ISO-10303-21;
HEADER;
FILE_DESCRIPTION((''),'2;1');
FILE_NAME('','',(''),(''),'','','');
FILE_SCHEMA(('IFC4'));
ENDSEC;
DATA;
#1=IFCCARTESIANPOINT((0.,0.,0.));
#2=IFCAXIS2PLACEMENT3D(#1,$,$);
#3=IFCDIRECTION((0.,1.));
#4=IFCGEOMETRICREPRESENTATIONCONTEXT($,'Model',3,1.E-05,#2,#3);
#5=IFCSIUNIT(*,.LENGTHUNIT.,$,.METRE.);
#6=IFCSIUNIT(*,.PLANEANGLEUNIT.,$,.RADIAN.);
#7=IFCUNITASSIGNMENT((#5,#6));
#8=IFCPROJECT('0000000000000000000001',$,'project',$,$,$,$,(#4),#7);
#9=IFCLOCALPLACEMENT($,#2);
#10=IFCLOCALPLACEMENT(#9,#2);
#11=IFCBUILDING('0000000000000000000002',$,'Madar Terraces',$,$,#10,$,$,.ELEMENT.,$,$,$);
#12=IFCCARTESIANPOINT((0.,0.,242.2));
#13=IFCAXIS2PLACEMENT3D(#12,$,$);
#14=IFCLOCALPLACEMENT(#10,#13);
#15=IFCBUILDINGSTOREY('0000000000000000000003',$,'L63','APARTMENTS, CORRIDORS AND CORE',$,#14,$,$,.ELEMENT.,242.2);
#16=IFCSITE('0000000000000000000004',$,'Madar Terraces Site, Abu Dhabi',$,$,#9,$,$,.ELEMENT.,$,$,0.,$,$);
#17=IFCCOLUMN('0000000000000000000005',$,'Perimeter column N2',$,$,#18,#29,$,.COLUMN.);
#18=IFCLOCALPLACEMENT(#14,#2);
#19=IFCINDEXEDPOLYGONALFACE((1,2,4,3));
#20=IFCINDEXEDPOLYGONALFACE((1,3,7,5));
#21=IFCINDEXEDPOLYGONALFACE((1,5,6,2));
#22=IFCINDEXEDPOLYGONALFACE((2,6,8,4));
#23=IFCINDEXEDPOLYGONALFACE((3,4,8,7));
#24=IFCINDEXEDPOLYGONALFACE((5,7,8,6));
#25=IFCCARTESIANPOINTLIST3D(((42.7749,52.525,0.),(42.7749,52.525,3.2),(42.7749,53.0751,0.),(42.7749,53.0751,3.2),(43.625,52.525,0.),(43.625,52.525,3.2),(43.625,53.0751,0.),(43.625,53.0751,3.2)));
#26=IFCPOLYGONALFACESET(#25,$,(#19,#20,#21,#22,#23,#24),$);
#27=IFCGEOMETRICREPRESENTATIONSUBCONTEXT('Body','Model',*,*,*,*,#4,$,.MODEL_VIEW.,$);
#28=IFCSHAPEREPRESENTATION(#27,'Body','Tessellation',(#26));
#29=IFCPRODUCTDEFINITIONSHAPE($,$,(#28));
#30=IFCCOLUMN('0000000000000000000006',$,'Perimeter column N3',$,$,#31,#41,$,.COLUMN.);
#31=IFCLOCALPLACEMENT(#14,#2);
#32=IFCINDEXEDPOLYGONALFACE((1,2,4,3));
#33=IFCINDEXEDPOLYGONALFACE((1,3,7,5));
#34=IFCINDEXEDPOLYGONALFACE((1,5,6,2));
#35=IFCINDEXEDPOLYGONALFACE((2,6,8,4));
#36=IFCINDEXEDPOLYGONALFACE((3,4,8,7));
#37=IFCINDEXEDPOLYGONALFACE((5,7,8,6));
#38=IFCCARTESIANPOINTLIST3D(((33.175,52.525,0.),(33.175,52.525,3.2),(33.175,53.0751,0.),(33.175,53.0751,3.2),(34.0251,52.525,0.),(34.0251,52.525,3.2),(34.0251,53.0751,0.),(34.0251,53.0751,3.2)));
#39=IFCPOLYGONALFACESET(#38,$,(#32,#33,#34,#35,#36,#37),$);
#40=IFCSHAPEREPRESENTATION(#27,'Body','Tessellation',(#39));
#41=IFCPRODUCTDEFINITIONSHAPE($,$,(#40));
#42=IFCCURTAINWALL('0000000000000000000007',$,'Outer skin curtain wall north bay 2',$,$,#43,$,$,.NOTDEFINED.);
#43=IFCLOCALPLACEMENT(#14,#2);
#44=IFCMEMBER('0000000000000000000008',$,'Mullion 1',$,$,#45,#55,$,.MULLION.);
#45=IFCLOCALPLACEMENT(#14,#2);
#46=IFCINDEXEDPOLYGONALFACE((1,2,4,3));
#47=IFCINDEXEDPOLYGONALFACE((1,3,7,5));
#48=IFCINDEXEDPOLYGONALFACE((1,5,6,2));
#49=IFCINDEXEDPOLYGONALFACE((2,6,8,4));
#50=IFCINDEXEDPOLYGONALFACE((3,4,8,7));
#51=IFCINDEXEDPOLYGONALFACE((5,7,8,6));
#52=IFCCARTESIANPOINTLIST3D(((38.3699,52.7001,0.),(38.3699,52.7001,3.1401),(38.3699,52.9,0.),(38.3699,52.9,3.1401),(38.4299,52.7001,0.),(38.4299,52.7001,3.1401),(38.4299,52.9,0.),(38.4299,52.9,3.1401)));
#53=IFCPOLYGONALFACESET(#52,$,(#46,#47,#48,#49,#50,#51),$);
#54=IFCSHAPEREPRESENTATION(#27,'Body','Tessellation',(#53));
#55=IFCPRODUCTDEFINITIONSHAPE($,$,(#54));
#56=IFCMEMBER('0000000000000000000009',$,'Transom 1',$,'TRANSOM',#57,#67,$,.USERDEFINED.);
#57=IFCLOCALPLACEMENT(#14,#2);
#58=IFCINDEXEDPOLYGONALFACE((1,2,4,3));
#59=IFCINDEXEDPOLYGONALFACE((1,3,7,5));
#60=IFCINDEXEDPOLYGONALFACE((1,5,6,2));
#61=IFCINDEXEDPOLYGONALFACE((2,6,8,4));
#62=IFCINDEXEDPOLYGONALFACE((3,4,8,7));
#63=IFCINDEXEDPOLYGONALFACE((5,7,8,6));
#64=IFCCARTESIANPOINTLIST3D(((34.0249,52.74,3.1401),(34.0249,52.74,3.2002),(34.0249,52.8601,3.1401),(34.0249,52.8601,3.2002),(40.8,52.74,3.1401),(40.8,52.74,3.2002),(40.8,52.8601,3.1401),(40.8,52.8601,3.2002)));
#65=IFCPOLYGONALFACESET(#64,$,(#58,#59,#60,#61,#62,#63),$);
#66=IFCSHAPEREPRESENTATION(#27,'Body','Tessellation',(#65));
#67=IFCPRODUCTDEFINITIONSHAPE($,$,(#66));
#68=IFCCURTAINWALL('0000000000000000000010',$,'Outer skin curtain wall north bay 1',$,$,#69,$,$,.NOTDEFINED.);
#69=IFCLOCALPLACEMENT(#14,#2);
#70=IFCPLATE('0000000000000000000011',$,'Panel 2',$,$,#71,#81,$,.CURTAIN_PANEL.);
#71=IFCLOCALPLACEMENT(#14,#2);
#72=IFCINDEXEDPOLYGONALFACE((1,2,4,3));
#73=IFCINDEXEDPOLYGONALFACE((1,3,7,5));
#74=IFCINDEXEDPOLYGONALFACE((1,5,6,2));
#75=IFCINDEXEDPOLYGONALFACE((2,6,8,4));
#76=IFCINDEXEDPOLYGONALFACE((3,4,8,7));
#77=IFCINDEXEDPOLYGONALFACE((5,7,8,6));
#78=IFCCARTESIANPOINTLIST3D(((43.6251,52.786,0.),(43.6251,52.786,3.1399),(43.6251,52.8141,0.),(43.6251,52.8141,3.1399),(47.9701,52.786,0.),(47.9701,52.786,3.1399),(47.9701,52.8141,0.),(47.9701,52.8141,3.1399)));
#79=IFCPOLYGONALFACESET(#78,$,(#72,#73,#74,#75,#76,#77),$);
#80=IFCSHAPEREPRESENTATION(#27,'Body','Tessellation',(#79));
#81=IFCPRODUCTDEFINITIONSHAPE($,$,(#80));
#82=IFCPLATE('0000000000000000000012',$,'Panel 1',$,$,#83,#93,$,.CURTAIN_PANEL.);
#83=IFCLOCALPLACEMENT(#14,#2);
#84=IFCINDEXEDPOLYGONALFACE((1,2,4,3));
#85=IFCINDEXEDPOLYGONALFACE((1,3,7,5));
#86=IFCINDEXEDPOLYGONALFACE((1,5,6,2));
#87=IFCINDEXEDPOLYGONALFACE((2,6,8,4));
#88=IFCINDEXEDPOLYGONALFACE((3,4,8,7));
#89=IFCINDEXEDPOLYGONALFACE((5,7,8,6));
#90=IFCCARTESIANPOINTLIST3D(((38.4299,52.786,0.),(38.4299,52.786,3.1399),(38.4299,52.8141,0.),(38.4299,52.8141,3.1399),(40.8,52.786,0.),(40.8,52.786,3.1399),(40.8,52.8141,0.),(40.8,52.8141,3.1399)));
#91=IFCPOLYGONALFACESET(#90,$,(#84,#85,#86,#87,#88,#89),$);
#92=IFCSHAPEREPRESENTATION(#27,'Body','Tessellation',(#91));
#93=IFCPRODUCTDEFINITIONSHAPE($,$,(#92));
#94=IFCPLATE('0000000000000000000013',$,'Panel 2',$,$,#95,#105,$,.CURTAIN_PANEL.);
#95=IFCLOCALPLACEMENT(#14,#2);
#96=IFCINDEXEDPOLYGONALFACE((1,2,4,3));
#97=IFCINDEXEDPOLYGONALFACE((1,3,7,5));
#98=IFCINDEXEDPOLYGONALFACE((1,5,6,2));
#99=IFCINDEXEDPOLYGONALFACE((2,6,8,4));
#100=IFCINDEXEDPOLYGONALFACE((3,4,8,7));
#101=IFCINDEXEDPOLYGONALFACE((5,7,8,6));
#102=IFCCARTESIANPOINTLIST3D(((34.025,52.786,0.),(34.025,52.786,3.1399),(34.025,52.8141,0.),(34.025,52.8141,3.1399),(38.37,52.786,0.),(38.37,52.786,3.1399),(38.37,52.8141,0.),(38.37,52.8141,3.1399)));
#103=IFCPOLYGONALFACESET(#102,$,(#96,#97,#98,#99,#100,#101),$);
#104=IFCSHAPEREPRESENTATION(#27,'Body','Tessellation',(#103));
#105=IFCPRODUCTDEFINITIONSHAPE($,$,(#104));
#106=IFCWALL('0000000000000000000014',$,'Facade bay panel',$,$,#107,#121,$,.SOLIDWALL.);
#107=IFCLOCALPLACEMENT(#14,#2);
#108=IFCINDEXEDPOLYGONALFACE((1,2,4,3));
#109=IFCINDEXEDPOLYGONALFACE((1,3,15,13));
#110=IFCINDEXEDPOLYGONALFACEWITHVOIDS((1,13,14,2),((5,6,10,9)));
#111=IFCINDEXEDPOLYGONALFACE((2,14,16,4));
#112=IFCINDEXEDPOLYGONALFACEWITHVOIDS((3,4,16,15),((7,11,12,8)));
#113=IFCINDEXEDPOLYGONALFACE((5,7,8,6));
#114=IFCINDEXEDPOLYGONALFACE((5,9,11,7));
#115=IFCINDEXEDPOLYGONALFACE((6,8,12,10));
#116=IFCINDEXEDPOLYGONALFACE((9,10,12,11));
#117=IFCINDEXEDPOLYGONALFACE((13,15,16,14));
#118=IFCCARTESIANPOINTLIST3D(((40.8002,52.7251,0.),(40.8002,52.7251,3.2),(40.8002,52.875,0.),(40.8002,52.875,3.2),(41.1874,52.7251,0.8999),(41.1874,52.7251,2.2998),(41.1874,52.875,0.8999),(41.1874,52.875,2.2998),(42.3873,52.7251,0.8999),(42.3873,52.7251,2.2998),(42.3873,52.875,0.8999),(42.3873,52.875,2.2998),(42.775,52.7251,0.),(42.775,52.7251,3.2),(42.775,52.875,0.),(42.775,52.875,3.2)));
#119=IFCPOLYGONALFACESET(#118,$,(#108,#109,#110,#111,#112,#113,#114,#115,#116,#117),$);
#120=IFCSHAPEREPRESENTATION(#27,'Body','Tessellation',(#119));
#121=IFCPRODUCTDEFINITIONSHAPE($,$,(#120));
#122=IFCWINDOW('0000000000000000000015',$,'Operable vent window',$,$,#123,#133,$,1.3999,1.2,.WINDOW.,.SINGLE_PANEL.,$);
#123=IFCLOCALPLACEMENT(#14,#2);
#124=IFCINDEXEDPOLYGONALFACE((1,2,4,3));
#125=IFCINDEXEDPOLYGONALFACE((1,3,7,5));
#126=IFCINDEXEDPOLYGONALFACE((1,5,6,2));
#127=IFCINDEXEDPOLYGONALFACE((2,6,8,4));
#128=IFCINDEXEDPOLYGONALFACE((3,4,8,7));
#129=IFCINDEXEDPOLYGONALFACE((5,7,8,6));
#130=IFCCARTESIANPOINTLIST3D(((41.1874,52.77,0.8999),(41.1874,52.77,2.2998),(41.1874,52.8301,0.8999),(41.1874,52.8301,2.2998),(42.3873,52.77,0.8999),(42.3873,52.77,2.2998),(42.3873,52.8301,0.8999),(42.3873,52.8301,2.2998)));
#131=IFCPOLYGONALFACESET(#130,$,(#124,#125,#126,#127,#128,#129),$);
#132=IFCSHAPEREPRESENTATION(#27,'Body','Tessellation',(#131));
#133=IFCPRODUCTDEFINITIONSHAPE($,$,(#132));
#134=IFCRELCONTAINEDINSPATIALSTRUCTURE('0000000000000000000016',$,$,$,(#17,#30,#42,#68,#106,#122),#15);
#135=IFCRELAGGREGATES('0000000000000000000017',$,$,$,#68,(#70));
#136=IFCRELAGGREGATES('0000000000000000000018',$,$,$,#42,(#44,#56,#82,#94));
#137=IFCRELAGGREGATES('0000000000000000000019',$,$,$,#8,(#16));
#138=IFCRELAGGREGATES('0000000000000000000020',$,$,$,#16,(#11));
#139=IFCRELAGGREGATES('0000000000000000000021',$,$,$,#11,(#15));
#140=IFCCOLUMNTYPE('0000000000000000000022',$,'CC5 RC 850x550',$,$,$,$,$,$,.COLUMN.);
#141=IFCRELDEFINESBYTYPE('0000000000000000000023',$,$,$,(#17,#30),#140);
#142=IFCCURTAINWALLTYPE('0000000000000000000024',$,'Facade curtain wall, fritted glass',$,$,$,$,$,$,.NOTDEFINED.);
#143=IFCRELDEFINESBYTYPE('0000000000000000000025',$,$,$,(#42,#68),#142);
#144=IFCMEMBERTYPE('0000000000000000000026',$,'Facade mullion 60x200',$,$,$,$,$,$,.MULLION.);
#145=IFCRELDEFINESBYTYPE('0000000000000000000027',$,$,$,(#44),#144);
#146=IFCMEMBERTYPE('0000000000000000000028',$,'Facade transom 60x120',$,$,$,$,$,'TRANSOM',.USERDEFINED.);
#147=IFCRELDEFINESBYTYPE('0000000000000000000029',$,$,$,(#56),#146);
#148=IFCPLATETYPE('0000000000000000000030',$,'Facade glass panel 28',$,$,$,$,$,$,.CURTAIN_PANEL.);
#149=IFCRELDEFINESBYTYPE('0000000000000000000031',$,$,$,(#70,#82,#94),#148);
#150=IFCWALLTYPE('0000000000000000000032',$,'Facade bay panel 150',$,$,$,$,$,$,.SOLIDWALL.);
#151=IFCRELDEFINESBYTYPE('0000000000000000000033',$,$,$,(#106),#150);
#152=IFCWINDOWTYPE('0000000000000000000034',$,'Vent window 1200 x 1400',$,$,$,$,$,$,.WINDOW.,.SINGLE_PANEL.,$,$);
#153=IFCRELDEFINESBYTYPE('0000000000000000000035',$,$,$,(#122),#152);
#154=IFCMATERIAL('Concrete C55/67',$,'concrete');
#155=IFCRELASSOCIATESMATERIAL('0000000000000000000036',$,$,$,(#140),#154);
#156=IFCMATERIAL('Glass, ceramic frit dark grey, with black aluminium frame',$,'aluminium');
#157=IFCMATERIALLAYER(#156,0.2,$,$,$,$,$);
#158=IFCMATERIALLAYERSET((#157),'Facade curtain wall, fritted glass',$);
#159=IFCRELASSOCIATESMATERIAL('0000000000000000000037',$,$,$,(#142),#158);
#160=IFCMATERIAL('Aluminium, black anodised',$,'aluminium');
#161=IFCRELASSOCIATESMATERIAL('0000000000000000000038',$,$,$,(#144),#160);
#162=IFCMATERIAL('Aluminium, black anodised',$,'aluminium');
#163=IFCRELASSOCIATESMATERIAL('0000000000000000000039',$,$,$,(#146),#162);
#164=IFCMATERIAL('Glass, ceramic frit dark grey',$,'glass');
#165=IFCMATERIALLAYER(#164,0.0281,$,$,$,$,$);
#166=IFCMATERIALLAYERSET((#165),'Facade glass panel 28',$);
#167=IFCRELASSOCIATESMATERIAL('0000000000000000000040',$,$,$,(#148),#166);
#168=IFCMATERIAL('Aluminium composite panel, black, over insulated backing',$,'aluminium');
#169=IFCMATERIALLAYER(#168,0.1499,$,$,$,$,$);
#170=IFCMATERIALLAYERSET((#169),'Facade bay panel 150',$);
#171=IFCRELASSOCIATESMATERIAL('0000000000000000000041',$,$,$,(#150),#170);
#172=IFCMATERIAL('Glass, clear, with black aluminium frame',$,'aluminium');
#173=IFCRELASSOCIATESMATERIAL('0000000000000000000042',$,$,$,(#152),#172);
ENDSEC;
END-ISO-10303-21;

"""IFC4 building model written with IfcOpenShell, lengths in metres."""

from ifc_helpers import new_model, si_unit, direction, frame, frame_2d, origin, origin_2d, place, context, subcontext, project, spatial, rectangle, extrude, material, layer, layer_set, material_profile, profile_set, type_object, element, fill, aggregate, save


model = new_model("IFC4")

# Units and contexts
model_context = context("Model", 3, precision=1e-05, world=origin(), true_north=direction((0.0, 1.0)))
body_context = subcontext(model_context, "Body", "Model", "MODEL_VIEW")
ifc_project = project(units=[si_unit("LENGTHUNIT", "METRE"), si_unit("PLANEANGLEUNIT", "RADIAN")], contexts=[model_context])

# Site, building, storey
site_placement = place(None, origin())
site = spatial("IfcSite", under=ifc_project, at=site_placement, Name="Madar Terraces Site, Abu Dhabi", CompositionType="ELEMENT", RefElevation=0.0)
building_placement = place(site_placement, origin())
building = spatial("IfcBuilding", under=site, at=building_placement, Name="Madar Terraces", CompositionType="ELEMENT")
storey_placement = place(building_placement, frame((0.0, 0.0, 242.2)))
storey = spatial("IfcBuildingStorey", under=building, at=storey_placement, Name="L63", Description="APARTMENTS, CORRIDORS AND CORE", CompositionType="ELEMENT", Elevation=242.2)

# Columns
ifc_material_1 = material(Name="Concrete C55/67", Category="concrete")
ifc_material_profile_1 = material_profile(ifc_material_1, rectangle(XDim=0.8501, YDim=0.55, at=origin_2d()), Name="CC5 RC 850x550")
ifc_profile_set_1 = profile_set([ifc_material_profile_1], Name="Concrete C55/67")
column_type = type_object("IfcColumnType", Name="CC5 RC 850x550", PredefinedType="COLUMN", material=ifc_profile_set_1)
for number, where, z_axis, x_axis, name in (
    (1, (43.2, 52.8, 0.0), (0.0, 0.0, 1.0), (1.0, 0.0, 0.0), "Perimeter column N2"),
    (2, (33.6001, 52.8, 0.0), (0.0, 0.0, 1.0), (1.0, 0.0, 0.0), "Perimeter column N3"),
):
    element("IfcColumn", number, at=place(storey_placement, frame(where, z_axis=z_axis, x_axis=x_axis)), inside=storey, type_object=column_type, Name=name, PredefinedType="COLUMN", context=body_context, shape_type="SweptSolid", body=[
        extrude(rectangle(XDim=0.8501, YDim=0.55, at=origin_2d()), origin(), (0.0, 0.0, 1.0), 3.2),
    ])

# Curtain wall, members
ifc_material_2 = material(Name="Glass, ceramic frit dark grey, with black aluminium frame", Category="aluminium")
ifc_layer_1 = layer(ifc_material_2, 0.2)
ifc_layer_set_1 = layer_set([ifc_layer_1], Name="Facade curtain wall, fritted glass")
curtain_wall_type = type_object("IfcCurtainWallType", Name="Facade curtain wall, fritted glass", PredefinedType="NOTDEFINED", material=ifc_layer_set_1)
curtain_wall_1_placement = place(storey_placement, origin())
curtain_wall_1 = element("IfcCurtainWall", 3, at=curtain_wall_1_placement, inside=storey, type_object=curtain_wall_type, Name="Outer skin curtain wall north bay 2", PredefinedType="NOTDEFINED")
ifc_material_3 = material(Name="Aluminium, black anodised", Category="aluminium")
ifc_material_profile_2 = material_profile(ifc_material_3, rectangle(XDim=0.2, YDim=0.0601, at=origin_2d()), Name="Facade mullion 60x200")
ifc_profile_set_2 = profile_set([ifc_material_profile_2], Name="Aluminium, black anodised")
member_type_1 = type_object("IfcMemberType", Name="Facade mullion 60x200", PredefinedType="MULLION", material=ifc_profile_set_2)
member_1_placement = place(storey_placement, frame((38.3999, 52.8, 0.0), z_axis=(0.0, 0.0, 1.0), x_axis=(0.0, -1.0, 0.0)))
member_1 = element("IfcMember", 4, at=member_1_placement, type_object=member_type_1, Name="Mullion 1", PredefinedType="MULLION", context=body_context, shape_type="SweptSolid", body=[
    extrude(rectangle(XDim=0.2, YDim=0.0601, at=origin_2d()), origin(), (0.0, 0.0, 1.0), 3.1401),
])
ifc_material_4 = material(Name="Aluminium, black anodised", Category="aluminium")
ifc_material_profile_3 = material_profile(ifc_material_4, rectangle(XDim=0.1201, YDim=0.0601, at=origin_2d()), Name="Facade transom 60x120")
ifc_profile_set_3 = profile_set([ifc_material_profile_3], Name="Aluminium, black anodised")
member_type_2 = type_object("IfcMemberType", Name="Facade transom 60x120", ElementType="TRANSOM", PredefinedType="USERDEFINED", material=ifc_profile_set_3)
member_2_placement = place(storey_placement, frame((40.8, 52.8, 3.1702), z_axis=(-1.0, 0.0, 0.0), x_axis=(0.0, -1.0, 0.0)))
member_2 = element("IfcMember", 5, at=member_2_placement, type_object=member_type_2, Name="Transom 1", ObjectType="TRANSOM", PredefinedType="USERDEFINED", context=body_context, shape_type="SweptSolid", body=[
    extrude(rectangle(XDim=0.1201, YDim=0.0601, at=origin_2d()), origin(), (0.0, 0.0, 1.0), 6.7751),
])

# Curtain wall, plate
curtain_wall_2_placement = place(storey_placement, origin())
curtain_wall_2 = element("IfcCurtainWall", 6, at=curtain_wall_2_placement, inside=storey, type_object=curtain_wall_type, Name="Outer skin curtain wall north bay 1", PredefinedType="NOTDEFINED")
ifc_material_5 = material(Name="Glass, ceramic frit dark grey", Category="glass")
ifc_layer_2 = layer(ifc_material_5, 0.0281)
ifc_layer_set_2 = layer_set([ifc_layer_2], Name="Facade glass panel 28")
plate_type = type_object("IfcPlateType", Name="Facade glass panel 28", PredefinedType="CURTAIN_PANEL", material=ifc_layer_set_2)
plate_1_placement = place(storey_placement, frame((45.7976, 52.8, 0.0), z_axis=(0.0, 0.0, 1.0), x_axis=(-1.0, 0.0, 0.0)))
plate_1 = element("IfcPlate", 7, at=plate_1_placement, type_object=plate_type, Name="Panel 2", PredefinedType="CURTAIN_PANEL", context=body_context, shape_type="SweptSolid", body=[
    extrude(rectangle(XDim=4.345, YDim=0.0281, at=origin_2d()), origin(), (0.0, 0.0, 1.0), 3.1399),
])
aggregate(curtain_wall_2, [plate_1])

# Plates
plate_2_placement = place(storey_placement, frame((39.615, 52.8, 0.0), z_axis=(0.0, 0.0, 1.0), x_axis=(-1.0, 0.0, 0.0)))
plate_2 = element("IfcPlate", 8, at=plate_2_placement, type_object=plate_type, Name="Panel 1", PredefinedType="CURTAIN_PANEL", context=body_context, shape_type="SweptSolid", body=[
    extrude(rectangle(XDim=2.3701, YDim=0.0281, at=origin_2d()), origin(), (0.0, 0.0, 1.0), 3.1399),
])
plate_3_placement = place(storey_placement, frame((36.1975, 52.8, 0.0), z_axis=(0.0, 0.0, 1.0), x_axis=(-1.0, 0.0, 0.0)))
plate_3 = element("IfcPlate", 9, at=plate_3_placement, type_object=plate_type, Name="Panel 2", PredefinedType="CURTAIN_PANEL", context=body_context, shape_type="SweptSolid", body=[
    extrude(rectangle(XDim=4.345, YDim=0.0281, at=origin_2d()), origin(), (0.0, 0.0, 1.0), 3.1399),
])
aggregate(curtain_wall_1, [member_1, member_2, plate_2, plate_3])

# Wall, opening, window
ifc_material_6 = material(Name="Aluminium composite panel, black, over insulated backing", Category="aluminium")
ifc_layer_3 = layer(ifc_material_6, 0.1499)
ifc_layer_set_3 = layer_set([ifc_layer_3], Name="Facade bay panel 150")
wall_type_1 = type_object("IfcWallType", Name="Facade bay panel 150", PredefinedType="SOLIDWALL", material=ifc_layer_set_3)
wall_1_placement = place(storey_placement, frame((42.7749, 52.8, 0.0), z_axis=(0.0, 0.0, 1.0), x_axis=(-1.0, 0.0, 0.0)))
wall_1 = element("IfcWall", 10, at=wall_1_placement, inside=storey, type_object=wall_type_1, Name="Facade bay panel", PredefinedType="SOLIDWALL", context=body_context, shape_type="SweptSolid", body=[
    extrude(rectangle(XDim=1.9749, YDim=0.1499, at=frame_2d((0.9873, 0.0))), origin(), (0.0, 0.0, 1.0), 3.2),
])
opening_1_placement = place(wall_1_placement, frame((0.3875, 0.0, 0.8999)))
opening_1 = element("IfcOpeningElement", 11, at=opening_1_placement, cuts=wall_1, PredefinedType="OPENING", context=body_context, shape_type="SweptSolid", body=[
    extrude(rectangle(XDim=1.2, YDim=1.3999, at=frame_2d((0.6001, 0.7))), frame((0.0, 0.085, 0.0), z_axis=(0.0, -1.0, 0.0), x_axis=(1.0, 0.0, 0.0)), (0.0, 0.0, 1.0), 0.1699),
])
ifc_material_7 = material(Name="Glass, clear, with black aluminium frame", Category="aluminium")
window_type = type_object("IfcWindowType", Name="Vent window 1200 x 1400", PartitioningType="SINGLE_PANEL", PredefinedType="WINDOW", material=ifc_material_7)
window_1_placement = place(opening_1_placement, origin())
window_1 = element("IfcWindow", 12, at=window_1_placement, inside=storey, type_object=window_type, Name="Operable vent window", OverallHeight=1.3999, OverallWidth=1.2, PartitioningType="SINGLE_PANEL", PredefinedType="WINDOW", context=body_context, shape_type="SweptSolid", body=[
    extrude(rectangle(XDim=1.2, YDim=1.3999, at=frame_2d((0.6001, 0.7))), frame((0.0, 0.03, 0.0), z_axis=(0.0, -1.0, 0.0), x_axis=(1.0, 0.0, 0.0)), (0.0, 0.0, 1.0), 0.0601),
])
fill(opening_1, window_1)

save(model, "model.ifc")
